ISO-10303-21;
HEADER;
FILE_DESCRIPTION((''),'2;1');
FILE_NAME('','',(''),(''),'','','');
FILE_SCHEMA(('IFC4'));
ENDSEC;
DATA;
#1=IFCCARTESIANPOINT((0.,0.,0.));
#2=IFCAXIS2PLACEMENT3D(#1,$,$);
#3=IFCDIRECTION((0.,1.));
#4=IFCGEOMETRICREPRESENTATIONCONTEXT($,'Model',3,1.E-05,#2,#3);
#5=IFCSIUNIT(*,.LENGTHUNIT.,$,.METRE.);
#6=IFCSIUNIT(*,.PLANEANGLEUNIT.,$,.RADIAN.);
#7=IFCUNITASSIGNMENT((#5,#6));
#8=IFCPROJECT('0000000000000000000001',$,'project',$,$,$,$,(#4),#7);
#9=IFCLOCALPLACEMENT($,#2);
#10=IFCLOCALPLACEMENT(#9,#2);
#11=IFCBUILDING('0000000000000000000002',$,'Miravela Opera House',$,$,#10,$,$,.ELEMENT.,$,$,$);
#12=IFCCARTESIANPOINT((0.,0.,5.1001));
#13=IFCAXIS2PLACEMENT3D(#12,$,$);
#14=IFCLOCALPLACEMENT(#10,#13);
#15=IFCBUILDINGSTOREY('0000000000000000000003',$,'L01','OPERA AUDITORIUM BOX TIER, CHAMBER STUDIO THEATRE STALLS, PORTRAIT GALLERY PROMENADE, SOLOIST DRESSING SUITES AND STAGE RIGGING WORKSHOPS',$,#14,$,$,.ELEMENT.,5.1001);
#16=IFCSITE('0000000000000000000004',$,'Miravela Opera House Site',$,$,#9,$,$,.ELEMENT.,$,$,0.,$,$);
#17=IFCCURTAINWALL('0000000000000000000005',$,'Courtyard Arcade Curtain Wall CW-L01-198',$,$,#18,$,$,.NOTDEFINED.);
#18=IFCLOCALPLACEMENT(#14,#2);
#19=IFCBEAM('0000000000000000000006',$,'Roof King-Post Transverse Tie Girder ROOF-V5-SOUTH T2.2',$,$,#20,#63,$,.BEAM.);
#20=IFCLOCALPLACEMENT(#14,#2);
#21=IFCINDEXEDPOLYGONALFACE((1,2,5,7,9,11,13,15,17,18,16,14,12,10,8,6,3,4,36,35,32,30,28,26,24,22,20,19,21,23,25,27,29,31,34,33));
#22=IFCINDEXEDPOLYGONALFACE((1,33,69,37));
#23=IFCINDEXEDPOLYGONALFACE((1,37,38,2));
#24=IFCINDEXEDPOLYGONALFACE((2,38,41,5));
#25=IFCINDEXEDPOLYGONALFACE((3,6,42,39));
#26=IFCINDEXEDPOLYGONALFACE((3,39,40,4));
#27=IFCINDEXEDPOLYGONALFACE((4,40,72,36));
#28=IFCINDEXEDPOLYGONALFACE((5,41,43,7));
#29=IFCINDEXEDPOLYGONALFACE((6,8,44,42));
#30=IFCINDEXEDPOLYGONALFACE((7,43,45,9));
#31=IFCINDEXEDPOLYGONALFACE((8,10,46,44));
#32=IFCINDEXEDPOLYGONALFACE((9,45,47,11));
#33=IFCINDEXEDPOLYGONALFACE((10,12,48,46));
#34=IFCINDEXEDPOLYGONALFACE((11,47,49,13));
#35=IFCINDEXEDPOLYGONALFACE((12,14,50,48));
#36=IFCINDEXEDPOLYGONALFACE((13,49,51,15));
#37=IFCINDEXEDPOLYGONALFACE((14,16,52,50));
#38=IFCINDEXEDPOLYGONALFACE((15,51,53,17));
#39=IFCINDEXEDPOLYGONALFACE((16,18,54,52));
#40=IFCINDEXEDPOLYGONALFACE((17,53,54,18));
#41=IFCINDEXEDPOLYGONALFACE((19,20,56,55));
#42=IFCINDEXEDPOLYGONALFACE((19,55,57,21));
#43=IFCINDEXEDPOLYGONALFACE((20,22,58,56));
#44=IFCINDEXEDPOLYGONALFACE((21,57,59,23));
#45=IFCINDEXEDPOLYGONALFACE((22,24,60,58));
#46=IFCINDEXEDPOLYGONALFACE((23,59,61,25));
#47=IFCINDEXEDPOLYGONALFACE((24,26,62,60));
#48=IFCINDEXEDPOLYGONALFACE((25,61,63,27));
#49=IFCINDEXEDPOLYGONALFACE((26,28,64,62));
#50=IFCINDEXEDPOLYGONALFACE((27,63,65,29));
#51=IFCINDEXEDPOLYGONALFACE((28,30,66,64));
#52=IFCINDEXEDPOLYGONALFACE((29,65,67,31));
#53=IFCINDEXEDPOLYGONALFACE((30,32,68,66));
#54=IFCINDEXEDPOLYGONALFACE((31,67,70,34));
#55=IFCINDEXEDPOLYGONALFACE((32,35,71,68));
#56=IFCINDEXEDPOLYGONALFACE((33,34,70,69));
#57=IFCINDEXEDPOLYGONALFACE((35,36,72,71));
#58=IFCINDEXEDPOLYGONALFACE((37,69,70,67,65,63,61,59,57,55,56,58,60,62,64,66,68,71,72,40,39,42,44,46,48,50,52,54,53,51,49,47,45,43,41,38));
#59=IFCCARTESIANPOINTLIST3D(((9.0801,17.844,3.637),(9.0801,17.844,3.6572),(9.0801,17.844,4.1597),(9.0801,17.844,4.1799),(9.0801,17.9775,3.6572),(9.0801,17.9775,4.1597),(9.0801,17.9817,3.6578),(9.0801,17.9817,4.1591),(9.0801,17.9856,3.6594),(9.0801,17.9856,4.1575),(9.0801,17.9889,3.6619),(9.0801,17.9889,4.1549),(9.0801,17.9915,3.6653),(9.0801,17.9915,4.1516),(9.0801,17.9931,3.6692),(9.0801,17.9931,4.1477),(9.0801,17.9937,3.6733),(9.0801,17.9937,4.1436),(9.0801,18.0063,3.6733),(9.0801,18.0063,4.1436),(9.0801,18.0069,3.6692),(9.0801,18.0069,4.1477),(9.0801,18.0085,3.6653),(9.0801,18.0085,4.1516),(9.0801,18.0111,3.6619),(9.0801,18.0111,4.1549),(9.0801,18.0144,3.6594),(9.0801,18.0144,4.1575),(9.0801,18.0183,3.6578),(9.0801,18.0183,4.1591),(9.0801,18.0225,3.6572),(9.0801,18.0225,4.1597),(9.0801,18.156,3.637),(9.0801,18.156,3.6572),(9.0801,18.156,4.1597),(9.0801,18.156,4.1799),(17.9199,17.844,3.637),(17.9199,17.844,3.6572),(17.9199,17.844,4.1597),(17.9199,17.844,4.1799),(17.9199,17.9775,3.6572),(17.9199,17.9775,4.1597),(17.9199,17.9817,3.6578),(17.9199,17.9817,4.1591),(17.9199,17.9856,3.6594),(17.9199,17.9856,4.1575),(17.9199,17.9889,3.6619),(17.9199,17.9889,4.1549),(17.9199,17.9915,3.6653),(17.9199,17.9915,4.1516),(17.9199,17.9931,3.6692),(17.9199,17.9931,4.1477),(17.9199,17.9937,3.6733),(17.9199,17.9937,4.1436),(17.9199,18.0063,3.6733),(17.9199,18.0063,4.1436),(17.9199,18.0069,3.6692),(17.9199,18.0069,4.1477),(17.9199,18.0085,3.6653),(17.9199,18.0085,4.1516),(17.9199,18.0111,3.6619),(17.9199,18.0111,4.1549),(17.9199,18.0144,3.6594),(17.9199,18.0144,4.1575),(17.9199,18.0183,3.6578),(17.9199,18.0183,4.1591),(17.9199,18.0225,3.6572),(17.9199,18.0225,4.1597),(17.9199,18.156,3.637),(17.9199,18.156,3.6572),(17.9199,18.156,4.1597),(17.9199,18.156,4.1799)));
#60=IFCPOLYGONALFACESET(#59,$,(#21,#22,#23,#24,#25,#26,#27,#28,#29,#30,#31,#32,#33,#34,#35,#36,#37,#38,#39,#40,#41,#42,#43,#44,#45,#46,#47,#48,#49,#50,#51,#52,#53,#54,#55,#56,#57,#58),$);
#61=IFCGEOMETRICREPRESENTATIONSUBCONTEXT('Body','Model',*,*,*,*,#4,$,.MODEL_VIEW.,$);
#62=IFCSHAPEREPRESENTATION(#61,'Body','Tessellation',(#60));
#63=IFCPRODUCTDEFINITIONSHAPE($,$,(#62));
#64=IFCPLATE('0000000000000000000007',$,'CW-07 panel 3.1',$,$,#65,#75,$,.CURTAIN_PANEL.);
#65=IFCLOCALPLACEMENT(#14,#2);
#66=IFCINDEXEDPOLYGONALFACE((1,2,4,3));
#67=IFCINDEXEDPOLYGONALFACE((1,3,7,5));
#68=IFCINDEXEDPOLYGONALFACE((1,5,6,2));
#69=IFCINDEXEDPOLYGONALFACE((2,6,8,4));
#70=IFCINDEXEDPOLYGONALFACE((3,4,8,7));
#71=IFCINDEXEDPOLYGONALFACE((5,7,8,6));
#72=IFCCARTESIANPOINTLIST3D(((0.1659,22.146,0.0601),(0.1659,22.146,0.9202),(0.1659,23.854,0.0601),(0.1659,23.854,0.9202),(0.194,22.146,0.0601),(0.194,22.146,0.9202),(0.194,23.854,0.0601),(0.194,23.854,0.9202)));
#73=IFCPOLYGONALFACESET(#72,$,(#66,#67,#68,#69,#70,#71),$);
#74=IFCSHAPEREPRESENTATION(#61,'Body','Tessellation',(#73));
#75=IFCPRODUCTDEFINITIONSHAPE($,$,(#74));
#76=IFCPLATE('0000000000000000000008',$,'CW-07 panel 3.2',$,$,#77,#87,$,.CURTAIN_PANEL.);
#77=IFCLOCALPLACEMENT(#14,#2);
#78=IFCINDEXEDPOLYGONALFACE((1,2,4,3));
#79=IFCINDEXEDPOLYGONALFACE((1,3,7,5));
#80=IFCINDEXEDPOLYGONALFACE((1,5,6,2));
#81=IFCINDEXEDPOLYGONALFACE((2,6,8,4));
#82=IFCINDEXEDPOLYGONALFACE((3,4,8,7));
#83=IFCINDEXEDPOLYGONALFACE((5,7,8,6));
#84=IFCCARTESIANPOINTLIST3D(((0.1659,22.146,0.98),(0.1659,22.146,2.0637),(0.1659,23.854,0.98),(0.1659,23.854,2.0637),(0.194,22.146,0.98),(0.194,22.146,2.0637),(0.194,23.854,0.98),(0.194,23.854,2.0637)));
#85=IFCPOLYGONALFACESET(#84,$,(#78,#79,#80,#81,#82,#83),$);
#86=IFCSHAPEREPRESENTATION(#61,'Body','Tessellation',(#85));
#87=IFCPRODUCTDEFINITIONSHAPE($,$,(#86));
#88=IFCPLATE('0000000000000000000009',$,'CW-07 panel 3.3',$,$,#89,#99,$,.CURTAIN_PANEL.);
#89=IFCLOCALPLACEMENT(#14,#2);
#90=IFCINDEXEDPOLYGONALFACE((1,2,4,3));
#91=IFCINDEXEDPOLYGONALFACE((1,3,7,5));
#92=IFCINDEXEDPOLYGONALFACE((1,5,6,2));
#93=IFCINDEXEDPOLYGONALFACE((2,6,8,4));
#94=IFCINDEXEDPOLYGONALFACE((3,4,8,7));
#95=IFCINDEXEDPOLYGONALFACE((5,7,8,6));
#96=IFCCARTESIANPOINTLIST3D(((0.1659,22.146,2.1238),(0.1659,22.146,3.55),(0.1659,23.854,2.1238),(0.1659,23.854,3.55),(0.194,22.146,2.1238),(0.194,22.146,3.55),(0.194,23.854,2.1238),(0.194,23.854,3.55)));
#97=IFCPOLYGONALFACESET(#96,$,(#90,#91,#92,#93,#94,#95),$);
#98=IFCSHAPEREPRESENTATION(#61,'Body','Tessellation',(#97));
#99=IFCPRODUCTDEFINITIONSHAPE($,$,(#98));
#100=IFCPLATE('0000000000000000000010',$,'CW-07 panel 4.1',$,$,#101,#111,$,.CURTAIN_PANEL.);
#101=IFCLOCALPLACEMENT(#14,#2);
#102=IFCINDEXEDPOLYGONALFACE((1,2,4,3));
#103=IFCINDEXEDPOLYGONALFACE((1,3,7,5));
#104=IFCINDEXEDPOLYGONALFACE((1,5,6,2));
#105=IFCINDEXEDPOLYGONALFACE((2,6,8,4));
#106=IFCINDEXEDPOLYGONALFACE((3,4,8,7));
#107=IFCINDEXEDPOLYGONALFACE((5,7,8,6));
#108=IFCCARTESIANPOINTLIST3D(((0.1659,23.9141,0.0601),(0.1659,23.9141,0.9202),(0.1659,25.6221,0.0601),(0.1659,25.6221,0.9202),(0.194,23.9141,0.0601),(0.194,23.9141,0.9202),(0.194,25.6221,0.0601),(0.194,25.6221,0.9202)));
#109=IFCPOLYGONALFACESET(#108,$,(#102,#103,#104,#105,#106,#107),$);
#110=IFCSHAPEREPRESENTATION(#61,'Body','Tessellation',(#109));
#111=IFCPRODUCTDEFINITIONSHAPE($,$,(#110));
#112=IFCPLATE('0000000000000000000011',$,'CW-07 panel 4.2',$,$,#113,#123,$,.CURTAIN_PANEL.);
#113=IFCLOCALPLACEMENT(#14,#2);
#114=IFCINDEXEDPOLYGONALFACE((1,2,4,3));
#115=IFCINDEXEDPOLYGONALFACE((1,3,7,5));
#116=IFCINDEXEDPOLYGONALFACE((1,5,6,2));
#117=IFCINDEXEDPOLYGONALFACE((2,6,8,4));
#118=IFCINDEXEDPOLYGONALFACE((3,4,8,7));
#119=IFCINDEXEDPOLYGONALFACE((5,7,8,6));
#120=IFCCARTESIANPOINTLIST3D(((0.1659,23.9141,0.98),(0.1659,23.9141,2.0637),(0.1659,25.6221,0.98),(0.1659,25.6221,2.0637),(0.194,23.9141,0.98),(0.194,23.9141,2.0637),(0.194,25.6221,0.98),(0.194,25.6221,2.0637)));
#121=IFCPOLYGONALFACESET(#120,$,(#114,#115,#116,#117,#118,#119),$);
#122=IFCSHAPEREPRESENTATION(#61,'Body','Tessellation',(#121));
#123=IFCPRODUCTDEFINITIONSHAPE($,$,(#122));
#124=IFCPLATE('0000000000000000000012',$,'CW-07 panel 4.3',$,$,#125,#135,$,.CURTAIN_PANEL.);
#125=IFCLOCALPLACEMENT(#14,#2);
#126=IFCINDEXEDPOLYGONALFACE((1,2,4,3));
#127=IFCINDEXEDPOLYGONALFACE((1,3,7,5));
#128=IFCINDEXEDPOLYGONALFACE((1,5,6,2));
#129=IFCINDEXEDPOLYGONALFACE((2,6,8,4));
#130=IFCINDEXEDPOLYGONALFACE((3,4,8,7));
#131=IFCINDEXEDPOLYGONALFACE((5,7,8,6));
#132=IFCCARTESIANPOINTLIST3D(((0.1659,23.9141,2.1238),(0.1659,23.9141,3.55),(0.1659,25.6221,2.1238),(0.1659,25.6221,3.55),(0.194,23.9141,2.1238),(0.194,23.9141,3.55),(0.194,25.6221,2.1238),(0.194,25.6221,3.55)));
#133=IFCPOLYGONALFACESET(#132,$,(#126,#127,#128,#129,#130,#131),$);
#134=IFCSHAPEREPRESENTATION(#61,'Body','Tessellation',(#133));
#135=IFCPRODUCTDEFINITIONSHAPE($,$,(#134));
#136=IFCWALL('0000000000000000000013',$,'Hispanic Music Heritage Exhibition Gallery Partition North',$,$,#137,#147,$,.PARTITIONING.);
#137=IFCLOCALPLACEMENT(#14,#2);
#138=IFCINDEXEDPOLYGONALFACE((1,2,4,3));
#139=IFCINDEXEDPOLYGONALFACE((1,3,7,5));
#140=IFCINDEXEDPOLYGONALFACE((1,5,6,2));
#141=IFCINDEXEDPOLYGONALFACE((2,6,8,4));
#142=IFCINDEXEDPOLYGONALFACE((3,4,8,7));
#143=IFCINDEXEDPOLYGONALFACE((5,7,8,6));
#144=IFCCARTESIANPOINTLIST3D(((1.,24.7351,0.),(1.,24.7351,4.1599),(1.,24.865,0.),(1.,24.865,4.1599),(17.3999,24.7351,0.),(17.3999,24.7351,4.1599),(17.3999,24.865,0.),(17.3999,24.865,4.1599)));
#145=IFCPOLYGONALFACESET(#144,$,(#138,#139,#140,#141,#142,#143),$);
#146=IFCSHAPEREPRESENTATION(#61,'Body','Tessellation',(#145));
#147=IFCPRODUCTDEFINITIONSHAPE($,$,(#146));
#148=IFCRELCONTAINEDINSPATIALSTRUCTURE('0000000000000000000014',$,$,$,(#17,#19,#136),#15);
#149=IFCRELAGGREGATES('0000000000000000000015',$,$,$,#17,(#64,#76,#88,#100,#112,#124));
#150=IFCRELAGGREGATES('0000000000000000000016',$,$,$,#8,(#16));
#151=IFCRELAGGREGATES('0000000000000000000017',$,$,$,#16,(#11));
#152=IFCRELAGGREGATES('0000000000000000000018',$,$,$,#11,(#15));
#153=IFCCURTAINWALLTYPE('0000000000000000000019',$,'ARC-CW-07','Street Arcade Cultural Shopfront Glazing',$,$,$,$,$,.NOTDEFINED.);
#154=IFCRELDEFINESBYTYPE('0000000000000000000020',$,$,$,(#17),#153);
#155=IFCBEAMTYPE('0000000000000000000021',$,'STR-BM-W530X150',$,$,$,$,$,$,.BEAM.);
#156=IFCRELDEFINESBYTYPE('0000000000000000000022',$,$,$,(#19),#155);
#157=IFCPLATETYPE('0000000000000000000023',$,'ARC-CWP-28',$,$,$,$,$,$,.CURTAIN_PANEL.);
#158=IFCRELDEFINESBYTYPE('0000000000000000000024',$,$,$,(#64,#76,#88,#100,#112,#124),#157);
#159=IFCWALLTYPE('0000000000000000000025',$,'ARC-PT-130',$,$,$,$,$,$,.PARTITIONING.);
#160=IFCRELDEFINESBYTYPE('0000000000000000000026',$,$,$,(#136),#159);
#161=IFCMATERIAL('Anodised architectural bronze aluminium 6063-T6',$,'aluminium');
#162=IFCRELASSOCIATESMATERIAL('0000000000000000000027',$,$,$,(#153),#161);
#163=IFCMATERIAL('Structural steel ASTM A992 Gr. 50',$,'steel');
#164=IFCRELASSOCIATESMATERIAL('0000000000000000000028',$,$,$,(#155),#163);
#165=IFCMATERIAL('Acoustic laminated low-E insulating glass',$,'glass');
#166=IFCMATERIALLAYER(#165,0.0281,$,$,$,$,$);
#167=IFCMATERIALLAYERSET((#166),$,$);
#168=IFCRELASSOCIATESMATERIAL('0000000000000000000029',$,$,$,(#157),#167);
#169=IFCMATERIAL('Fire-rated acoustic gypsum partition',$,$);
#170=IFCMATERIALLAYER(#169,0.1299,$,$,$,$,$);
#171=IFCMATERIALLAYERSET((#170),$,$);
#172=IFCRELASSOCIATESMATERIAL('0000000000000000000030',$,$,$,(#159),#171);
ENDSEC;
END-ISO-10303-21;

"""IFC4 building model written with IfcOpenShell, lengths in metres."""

from ifc_helpers import new_model, si_unit, direction, frame, frame_2d, origin, origin_2d, place, context, subcontext, project, spatial, rectangle, i_section, extrude, material, layer, layer_set, material_profile, profile_set, type_object, element, aggregate, save


model = new_model("IFC4")

# Units and contexts
model_context = context("Model", 3, precision=1e-05, world=origin(), true_north=direction((0.0, 1.0)))
body_context = subcontext(model_context, "Body", "Model", "MODEL_VIEW")
ifc_project = project(units=[si_unit("LENGTHUNIT", "METRE"), si_unit("PLANEANGLEUNIT", "RADIAN")], contexts=[model_context])

# Site, building, storey
site_placement = place(None, origin())
site = spatial("IfcSite", under=ifc_project, at=site_placement, Name="Miravela Opera House Site", CompositionType="ELEMENT", RefElevation=0.0)
building_placement = place(site_placement, origin())
building = spatial("IfcBuilding", under=site, at=building_placement, Name="Miravela Opera House", CompositionType="ELEMENT")
storey_placement = place(building_placement, frame((0.0, 0.0, 5.1001)))
storey = spatial("IfcBuildingStorey", under=building, at=storey_placement, Name="L01", Description="OPERA AUDITORIUM BOX TIER, CHAMBER STUDIO THEATRE STALLS, PORTRAIT GALLERY PROMENADE, SOLOIST DRESSING SUITES AND STAGE RIGGING WORKSHOPS", CompositionType="ELEMENT", Elevation=5.1001)

# Shared definitions
ifc_material_1 = material(Name="Anodised architectural bronze aluminium 6063-T6", Category="aluminium")

# Curtain wall
curtain_wall_type_1 = type_object("IfcCurtainWallType", Name="ARC-CW-07", Description="Street Arcade Cultural Shopfront Glazing", PredefinedType="NOTDEFINED", material=ifc_material_1)
curtain_wall_1_placement = place(storey_placement, origin())
curtain_wall_1 = element("IfcCurtainWall", 1, at=curtain_wall_1_placement, inside=storey, type_object=curtain_wall_type_1, Name="Courtyard Arcade Curtain Wall CW-L01-198", PredefinedType="NOTDEFINED")

# Beam
ifc_material_2 = material(Name="Structural steel ASTM A992 Gr. 50", Category="steel")
ifc_material_profile_1 = material_profile(ifc_material_2, i_section(OverallWidth=0.312, OverallDepth=0.543, WebThickness=0.0127, FlangeThickness=0.0203, FilletRadius=0.0161, at=origin_2d()), Name="W530X150")
ifc_profile_set_1 = profile_set([ifc_material_profile_1])
beam_type_1 = type_object("IfcBeamType", Name="STR-BM-W530X150", PredefinedType="BEAM", material=ifc_profile_set_1)
beam_1_placement = place(storey_placement, frame((9.0801, 18.0, 3.9084), z_axis=(1.0, 0.0, 0.0), x_axis=(0.0, 1.0, 0.0)))
element("IfcBeam", 2, at=beam_1_placement, inside=storey, type_object=beam_type_1, Name="Roof King-Post Transverse Tie Girder ROOF-V5-SOUTH T2.2", PredefinedType="BEAM", context=body_context, shape_type="SweptSolid", body=[
    extrude(i_section(OverallWidth=0.312, OverallDepth=0.543, WebThickness=0.0127, FlangeThickness=0.0203, FilletRadius=0.0161, at=origin_2d()), origin(), (0.0, 0.0, 1.0), 8.8398),
])

# Plates
ifc_material_3 = material(Name="Acoustic laminated low-E insulating glass", Category="glass")
ifc_layer_1 = layer(ifc_material_3, 0.0281)
ifc_layer_set_1 = layer_set([ifc_layer_1])
plate_type = type_object("IfcPlateType", Name="ARC-CWP-28", PredefinedType="CURTAIN_PANEL", material=ifc_layer_set_1)
plate_1_placement = place(storey_placement, frame((0.1799, 23.0, 0.0601), z_axis=(0.0, 0.0, 1.0), x_axis=(0.0, 1.0, 0.0)))
plate_1 = element("IfcPlate", 3, at=plate_1_placement, type_object=plate_type, Name="CW-07 panel 3.1", PredefinedType="CURTAIN_PANEL", context=body_context, shape_type="SweptSolid", body=[
    extrude(rectangle(XDim=1.708, YDim=0.0281, at=origin_2d()), origin(), (0.0, 0.0, 1.0), 0.8601),
])
plate_2_placement = place(storey_placement, frame((0.1799, 23.0, 0.98), z_axis=(0.0, 0.0, 1.0), x_axis=(0.0, 1.0, 0.0)))
plate_2 = element("IfcPlate", 4, at=plate_2_placement, type_object=plate_type, Name="CW-07 panel 3.2", PredefinedType="CURTAIN_PANEL", context=body_context, shape_type="SweptSolid", body=[
    extrude(rectangle(XDim=1.708, YDim=0.0281, at=origin_2d()), origin(), (0.0, 0.0, 1.0), 1.0837),
])
plate_3_placement = place(storey_placement, frame((0.1799, 23.0, 2.1238), z_axis=(0.0, 0.0, 1.0), x_axis=(0.0, 1.0, 0.0)))
plate_3 = element("IfcPlate", 5, at=plate_3_placement, type_object=plate_type, Name="CW-07 panel 3.3", PredefinedType="CURTAIN_PANEL", context=body_context, shape_type="SweptSolid", body=[
    extrude(rectangle(XDim=1.708, YDim=0.0281, at=origin_2d()), origin(), (0.0, 0.0, 1.0), 1.4263),
])
plate_4_placement = place(storey_placement, frame((0.1799, 24.7681, 0.0601), z_axis=(0.0, 0.0, 1.0), x_axis=(0.0, 1.0, 0.0)))
plate_4 = element("IfcPlate", 6, at=plate_4_placement, type_object=plate_type, Name="CW-07 panel 4.1", PredefinedType="CURTAIN_PANEL", context=body_context, shape_type="SweptSolid", body=[
    extrude(rectangle(XDim=1.708, YDim=0.0281, at=origin_2d()), origin(), (0.0, 0.0, 1.0), 0.8601),
])
plate_5_placement = place(storey_placement, frame((0.1799, 24.7681, 0.98), z_axis=(0.0, 0.0, 1.0), x_axis=(0.0, 1.0, 0.0)))
plate_5 = element("IfcPlate", 7, at=plate_5_placement, type_object=plate_type, Name="CW-07 panel 4.2", PredefinedType="CURTAIN_PANEL", context=body_context, shape_type="SweptSolid", body=[
    extrude(rectangle(XDim=1.708, YDim=0.0281, at=origin_2d()), origin(), (0.0, 0.0, 1.0), 1.0837),
])
plate_6_placement = place(storey_placement, frame((0.1799, 24.7681, 2.1238), z_axis=(0.0, 0.0, 1.0), x_axis=(0.0, 1.0, 0.0)))
plate_6 = element("IfcPlate", 8, at=plate_6_placement, type_object=plate_type, Name="CW-07 panel 4.3", PredefinedType="CURTAIN_PANEL", context=body_context, shape_type="SweptSolid", body=[
    extrude(rectangle(XDim=1.708, YDim=0.0281, at=origin_2d()), origin(), (0.0, 0.0, 1.0), 1.4263),
])
aggregate(curtain_wall_1, [plate_1, plate_2, plate_3, plate_4, plate_5, plate_6])

# Wall
ifc_material_4 = material(Name="Fire-rated acoustic gypsum partition")
ifc_layer_2 = layer(ifc_material_4, 0.1299)
ifc_layer_set_2 = layer_set([ifc_layer_2])
wall_type = type_object("IfcWallType", Name="ARC-PT-130", PredefinedType="PARTITIONING", material=ifc_layer_set_2)
wall_placement = place(storey_placement, frame((1.0, 24.8, 0.0), z_axis=(0.0, 0.0, 1.0), x_axis=(1.0, 0.0, 0.0)))
element("IfcWall", 9, at=wall_placement, inside=storey, type_object=wall_type, Name="Hispanic Music Heritage Exhibition Gallery Partition North", PredefinedType="PARTITIONING", context=body_context, shape_type="SweptSolid", body=[
    extrude(rectangle(XDim=16.3999, YDim=0.1299, at=frame_2d((8.2, 0.0))), origin(), (0.0, 0.0, 1.0), 4.1599),
])

save(model, "model.ifc")
